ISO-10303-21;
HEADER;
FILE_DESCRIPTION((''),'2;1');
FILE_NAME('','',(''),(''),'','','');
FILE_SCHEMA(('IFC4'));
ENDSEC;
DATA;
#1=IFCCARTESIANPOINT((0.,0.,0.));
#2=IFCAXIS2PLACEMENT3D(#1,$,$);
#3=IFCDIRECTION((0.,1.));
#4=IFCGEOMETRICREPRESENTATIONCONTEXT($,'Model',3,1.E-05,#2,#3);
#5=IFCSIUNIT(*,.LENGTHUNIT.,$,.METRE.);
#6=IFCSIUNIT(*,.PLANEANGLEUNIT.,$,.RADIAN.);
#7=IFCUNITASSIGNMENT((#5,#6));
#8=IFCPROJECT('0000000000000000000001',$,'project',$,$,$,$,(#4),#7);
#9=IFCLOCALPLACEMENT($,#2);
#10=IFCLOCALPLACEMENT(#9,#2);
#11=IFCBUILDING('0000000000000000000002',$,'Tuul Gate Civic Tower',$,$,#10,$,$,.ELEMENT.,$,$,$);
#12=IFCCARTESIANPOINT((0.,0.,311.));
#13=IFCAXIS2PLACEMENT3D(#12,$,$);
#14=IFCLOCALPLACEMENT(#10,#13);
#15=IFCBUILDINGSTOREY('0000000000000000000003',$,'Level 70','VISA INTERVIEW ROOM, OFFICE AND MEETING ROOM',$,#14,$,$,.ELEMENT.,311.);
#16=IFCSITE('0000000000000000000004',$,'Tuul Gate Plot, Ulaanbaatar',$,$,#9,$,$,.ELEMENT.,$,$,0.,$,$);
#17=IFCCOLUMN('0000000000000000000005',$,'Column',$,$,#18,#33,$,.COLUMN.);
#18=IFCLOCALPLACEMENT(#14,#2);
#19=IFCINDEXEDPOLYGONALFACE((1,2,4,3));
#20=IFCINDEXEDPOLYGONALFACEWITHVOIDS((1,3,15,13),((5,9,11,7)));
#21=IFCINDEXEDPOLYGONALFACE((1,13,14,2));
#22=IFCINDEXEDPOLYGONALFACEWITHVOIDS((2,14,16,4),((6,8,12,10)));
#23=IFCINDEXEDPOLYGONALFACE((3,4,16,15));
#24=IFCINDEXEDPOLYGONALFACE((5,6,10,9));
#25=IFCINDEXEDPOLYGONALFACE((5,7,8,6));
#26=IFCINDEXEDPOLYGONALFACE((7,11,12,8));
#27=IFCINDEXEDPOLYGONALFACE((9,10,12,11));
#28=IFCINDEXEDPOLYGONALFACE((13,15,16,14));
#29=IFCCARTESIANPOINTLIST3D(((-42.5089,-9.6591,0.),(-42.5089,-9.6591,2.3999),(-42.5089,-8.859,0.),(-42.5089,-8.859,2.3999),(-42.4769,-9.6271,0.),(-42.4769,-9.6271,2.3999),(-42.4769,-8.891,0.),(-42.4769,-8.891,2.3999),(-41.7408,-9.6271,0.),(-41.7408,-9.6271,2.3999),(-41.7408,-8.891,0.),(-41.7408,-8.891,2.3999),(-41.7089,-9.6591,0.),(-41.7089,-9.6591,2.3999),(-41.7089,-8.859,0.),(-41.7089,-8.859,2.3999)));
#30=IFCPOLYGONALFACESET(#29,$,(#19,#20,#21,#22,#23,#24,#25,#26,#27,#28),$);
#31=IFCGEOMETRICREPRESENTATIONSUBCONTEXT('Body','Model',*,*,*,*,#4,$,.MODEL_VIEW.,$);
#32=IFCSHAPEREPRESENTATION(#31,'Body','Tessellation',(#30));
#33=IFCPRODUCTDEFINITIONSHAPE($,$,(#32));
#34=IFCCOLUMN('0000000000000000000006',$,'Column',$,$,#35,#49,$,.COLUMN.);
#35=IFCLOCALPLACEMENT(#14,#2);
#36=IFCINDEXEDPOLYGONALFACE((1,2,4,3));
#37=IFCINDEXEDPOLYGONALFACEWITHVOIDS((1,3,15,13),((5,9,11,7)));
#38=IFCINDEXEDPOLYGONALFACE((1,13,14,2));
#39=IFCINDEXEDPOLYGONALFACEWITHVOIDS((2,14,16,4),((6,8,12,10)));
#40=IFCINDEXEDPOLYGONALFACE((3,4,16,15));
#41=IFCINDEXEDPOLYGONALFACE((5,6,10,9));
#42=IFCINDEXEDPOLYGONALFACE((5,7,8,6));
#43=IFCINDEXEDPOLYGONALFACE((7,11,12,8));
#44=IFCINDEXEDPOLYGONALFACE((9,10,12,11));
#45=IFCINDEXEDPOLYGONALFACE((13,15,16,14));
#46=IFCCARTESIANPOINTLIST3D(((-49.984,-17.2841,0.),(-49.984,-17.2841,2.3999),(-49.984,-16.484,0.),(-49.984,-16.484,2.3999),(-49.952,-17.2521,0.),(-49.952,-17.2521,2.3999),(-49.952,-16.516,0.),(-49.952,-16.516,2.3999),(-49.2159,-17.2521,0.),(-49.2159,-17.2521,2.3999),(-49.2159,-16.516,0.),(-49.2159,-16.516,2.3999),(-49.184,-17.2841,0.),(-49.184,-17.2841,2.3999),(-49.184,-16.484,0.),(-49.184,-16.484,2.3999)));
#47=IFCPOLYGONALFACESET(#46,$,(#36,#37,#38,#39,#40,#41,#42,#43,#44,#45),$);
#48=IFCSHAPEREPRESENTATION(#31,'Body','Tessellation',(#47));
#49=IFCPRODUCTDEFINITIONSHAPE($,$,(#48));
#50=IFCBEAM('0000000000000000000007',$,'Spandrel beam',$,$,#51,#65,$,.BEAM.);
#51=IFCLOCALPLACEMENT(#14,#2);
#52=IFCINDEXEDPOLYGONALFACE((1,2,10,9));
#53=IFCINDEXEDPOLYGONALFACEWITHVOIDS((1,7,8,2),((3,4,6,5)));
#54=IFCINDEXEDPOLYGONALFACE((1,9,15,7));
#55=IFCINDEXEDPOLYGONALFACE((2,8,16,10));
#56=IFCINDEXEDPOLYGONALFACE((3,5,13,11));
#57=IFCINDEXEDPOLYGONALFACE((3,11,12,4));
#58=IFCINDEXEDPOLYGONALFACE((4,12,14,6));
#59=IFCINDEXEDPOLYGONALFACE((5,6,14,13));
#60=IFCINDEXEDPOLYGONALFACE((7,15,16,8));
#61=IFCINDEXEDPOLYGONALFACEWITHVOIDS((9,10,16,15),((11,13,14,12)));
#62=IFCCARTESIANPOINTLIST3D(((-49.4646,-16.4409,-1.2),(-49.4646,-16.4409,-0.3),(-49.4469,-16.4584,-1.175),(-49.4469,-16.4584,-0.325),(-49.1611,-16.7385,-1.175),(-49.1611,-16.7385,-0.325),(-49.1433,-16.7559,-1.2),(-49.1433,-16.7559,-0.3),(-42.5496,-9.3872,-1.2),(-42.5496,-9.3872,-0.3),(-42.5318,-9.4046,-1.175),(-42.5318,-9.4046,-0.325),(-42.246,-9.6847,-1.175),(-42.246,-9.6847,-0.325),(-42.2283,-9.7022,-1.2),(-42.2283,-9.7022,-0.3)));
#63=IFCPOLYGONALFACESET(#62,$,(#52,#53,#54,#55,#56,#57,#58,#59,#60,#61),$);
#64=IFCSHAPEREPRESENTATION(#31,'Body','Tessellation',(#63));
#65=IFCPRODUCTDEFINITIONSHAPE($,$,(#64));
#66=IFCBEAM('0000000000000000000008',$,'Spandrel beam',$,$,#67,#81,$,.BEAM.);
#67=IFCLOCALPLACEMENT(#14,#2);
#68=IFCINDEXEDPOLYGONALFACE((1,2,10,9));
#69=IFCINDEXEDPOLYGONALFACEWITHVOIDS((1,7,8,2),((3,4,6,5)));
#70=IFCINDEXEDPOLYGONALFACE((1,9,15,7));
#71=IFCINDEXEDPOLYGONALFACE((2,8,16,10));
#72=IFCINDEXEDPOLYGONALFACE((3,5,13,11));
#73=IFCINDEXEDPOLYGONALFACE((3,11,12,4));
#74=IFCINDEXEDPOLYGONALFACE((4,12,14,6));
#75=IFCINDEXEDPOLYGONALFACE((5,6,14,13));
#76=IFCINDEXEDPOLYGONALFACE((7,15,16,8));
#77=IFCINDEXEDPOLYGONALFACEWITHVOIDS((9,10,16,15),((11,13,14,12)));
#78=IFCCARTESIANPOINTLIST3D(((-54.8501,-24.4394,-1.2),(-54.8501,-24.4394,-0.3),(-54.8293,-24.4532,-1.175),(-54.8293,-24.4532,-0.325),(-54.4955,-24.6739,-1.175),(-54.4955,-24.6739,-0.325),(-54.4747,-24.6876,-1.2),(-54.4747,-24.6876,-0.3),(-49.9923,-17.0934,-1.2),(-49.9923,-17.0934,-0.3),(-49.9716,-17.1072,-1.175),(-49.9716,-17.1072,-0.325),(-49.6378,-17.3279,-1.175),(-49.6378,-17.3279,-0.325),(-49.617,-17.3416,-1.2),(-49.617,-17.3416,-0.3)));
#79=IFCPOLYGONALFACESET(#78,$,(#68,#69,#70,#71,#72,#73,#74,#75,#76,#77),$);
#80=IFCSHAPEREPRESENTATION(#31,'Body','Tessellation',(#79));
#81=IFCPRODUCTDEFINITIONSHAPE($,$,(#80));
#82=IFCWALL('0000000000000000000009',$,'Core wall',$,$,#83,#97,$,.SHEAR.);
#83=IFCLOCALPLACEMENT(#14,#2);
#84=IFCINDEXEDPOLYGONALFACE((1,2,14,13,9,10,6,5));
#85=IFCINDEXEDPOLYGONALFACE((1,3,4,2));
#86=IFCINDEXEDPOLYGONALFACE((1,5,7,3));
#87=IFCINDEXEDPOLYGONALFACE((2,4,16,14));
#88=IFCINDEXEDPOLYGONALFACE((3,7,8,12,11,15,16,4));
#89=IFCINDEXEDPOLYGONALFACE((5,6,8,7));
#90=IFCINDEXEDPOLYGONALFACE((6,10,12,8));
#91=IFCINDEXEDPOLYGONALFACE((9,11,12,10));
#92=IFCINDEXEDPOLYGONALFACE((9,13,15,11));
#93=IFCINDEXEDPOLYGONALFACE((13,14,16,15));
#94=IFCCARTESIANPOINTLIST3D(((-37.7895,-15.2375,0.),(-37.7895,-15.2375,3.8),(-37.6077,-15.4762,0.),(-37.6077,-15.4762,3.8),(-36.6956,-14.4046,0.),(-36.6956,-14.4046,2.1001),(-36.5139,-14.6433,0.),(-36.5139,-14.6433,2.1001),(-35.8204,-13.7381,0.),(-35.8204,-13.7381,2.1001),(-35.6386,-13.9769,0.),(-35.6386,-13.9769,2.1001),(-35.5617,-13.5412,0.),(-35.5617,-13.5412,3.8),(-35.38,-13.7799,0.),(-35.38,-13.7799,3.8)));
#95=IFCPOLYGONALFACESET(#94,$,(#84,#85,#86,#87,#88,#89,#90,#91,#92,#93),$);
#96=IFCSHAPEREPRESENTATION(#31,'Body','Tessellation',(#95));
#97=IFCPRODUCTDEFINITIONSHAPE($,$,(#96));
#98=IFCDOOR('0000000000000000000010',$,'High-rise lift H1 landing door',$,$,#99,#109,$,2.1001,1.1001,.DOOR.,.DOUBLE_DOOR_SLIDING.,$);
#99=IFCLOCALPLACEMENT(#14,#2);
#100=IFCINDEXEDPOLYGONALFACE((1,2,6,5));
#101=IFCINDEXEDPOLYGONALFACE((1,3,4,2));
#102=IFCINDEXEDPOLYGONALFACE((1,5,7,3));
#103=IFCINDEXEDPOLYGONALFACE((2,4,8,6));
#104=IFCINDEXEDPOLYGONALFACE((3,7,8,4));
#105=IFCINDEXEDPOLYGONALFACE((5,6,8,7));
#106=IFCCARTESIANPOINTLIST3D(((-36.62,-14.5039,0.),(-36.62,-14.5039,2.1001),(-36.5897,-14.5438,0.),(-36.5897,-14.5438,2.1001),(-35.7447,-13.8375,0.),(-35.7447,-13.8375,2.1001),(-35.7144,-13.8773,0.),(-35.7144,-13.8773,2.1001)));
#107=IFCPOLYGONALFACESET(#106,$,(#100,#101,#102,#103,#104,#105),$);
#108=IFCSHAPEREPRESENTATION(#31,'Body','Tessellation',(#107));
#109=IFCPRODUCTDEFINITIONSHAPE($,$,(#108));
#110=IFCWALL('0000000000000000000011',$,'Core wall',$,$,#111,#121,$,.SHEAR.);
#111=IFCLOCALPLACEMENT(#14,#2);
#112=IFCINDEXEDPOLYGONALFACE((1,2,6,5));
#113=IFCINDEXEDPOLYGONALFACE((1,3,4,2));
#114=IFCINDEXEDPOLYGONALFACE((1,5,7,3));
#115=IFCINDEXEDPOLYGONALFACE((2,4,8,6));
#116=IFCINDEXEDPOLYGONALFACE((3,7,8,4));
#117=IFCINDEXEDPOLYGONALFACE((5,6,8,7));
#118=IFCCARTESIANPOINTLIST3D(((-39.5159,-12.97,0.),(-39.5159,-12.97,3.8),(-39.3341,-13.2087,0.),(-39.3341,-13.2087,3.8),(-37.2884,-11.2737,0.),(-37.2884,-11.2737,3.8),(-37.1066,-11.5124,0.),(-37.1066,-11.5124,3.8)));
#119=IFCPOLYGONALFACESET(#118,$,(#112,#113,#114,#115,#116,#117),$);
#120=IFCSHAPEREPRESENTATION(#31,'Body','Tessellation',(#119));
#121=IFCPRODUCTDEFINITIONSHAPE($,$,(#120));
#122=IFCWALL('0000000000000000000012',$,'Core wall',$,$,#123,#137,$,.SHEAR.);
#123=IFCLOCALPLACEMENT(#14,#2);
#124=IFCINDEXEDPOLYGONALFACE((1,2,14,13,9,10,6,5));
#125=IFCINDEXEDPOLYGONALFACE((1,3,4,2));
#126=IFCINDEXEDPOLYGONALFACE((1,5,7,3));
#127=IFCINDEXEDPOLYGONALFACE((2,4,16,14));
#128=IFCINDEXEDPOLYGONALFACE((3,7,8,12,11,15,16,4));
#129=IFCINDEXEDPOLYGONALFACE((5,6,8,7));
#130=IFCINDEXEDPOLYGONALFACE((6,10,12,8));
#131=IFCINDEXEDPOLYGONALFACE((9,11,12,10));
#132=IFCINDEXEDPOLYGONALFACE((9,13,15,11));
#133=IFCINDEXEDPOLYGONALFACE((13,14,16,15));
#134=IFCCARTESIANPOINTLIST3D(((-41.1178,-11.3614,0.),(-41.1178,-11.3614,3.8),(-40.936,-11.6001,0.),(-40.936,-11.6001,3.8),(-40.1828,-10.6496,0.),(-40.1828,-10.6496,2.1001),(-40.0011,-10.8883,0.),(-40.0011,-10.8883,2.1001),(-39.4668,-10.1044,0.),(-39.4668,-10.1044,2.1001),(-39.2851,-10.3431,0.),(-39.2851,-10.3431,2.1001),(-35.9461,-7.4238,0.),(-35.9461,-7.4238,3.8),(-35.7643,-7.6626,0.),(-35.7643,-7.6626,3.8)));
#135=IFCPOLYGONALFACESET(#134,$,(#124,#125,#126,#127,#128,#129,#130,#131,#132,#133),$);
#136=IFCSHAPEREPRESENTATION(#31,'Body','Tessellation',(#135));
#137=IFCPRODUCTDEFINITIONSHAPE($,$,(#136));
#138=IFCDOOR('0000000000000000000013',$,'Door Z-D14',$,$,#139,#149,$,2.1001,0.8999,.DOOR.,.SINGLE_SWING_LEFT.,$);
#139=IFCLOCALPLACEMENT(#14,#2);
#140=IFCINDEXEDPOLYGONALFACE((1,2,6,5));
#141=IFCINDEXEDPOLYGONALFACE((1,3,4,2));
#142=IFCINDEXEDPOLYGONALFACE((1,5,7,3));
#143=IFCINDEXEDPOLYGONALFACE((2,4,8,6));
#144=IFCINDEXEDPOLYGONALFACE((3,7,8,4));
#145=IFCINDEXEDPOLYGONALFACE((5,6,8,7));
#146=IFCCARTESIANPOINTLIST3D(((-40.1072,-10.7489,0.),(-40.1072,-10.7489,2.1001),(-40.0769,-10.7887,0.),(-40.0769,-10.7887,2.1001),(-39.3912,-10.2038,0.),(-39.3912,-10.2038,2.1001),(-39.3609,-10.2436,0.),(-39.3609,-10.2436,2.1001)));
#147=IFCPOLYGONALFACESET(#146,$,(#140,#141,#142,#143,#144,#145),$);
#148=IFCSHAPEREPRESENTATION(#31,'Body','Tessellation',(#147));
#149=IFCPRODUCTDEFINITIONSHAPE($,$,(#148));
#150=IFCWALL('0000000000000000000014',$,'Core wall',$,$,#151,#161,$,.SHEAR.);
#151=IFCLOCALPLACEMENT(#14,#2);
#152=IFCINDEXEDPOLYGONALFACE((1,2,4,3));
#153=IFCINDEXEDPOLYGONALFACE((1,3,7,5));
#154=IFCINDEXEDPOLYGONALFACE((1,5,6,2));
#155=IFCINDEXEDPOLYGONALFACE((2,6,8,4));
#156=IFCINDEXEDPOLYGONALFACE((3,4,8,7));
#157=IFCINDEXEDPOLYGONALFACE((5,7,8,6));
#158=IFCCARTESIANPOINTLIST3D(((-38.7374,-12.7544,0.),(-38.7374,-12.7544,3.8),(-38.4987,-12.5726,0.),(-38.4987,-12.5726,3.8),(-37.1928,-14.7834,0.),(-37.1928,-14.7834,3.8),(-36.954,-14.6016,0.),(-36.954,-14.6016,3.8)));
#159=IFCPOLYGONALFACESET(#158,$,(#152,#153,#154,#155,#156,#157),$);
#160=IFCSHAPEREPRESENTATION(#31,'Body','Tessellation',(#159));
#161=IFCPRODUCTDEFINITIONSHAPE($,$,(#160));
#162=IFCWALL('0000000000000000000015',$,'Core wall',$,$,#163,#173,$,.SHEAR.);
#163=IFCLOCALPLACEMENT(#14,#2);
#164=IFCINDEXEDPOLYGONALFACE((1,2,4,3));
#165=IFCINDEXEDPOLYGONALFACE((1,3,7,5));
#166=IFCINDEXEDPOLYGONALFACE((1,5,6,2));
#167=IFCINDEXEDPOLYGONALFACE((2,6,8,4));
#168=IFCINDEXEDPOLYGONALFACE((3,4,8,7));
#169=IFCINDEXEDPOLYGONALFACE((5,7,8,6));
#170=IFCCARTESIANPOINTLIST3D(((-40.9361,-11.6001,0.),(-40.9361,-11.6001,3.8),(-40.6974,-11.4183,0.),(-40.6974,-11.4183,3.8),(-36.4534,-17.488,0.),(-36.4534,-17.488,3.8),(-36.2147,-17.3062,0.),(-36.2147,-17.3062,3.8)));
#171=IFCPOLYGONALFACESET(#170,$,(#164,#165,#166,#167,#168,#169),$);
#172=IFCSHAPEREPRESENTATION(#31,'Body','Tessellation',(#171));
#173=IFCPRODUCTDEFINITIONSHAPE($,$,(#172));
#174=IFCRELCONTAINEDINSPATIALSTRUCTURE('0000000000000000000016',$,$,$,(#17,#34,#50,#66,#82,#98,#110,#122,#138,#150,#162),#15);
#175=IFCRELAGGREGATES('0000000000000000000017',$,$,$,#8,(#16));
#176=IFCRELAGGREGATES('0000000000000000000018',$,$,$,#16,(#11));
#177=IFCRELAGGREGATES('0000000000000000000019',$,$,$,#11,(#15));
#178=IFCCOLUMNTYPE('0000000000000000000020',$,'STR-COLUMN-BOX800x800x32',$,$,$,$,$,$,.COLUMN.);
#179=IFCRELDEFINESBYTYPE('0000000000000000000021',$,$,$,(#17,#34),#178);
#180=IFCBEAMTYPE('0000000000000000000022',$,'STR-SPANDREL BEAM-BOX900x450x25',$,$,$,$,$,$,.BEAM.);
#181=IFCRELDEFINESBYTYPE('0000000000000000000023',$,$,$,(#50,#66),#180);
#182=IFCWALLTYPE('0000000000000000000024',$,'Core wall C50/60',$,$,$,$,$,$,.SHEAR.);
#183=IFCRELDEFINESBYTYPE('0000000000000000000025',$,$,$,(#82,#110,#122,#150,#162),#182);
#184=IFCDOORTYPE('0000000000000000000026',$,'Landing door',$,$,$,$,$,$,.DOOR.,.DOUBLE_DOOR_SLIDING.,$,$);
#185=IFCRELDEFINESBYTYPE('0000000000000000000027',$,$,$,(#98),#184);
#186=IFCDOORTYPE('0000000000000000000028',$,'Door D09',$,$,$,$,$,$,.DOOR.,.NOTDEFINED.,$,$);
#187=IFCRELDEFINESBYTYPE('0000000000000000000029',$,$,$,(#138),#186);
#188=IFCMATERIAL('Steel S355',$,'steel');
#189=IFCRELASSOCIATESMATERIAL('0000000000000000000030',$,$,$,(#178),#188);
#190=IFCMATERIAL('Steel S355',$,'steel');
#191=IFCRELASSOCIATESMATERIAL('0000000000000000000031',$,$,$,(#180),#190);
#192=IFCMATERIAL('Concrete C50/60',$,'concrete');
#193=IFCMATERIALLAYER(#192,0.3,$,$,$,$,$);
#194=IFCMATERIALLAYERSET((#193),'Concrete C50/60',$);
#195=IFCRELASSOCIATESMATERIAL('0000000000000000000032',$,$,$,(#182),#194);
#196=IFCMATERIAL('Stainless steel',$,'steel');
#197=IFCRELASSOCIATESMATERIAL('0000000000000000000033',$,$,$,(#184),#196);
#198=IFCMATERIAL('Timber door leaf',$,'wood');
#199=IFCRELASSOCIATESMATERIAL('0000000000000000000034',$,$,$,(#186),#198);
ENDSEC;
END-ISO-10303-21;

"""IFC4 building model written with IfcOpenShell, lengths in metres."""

from ifc_helpers import new_model, si_unit, direction, frame, frame_2d, origin, origin_2d, place, context, subcontext, project, spatial, rectangle, hollow_rectangle, extrude, material, layer, layer_set, material_profile, profile_set, type_object, element, fill, save


model = new_model("IFC4")

# Units and contexts
model_context = context("Model", 3, precision=1e-05, world=origin(), true_north=direction((0.0, 1.0)))
body_context = subcontext(model_context, "Body", "Model", "MODEL_VIEW")
ifc_project = project(units=[si_unit("LENGTHUNIT", "METRE"), si_unit("PLANEANGLEUNIT", "RADIAN")], contexts=[model_context])

# Site, building, storey
site_placement = place(None, origin())
site = spatial("IfcSite", under=ifc_project, at=site_placement, Name="Tuul Gate Plot, Ulaanbaatar", CompositionType="ELEMENT", RefElevation=0.0)
building_placement = place(site_placement, origin())
building = spatial("IfcBuilding", under=site, at=building_placement, Name="Tuul Gate Civic Tower", CompositionType="ELEMENT")
storey_placement = place(building_placement, frame((0.0, 0.0, 311.0)))
storey = spatial("IfcBuildingStorey", under=building, at=storey_placement, Name="Level 70", Description="VISA INTERVIEW ROOM, OFFICE AND MEETING ROOM", CompositionType="ELEMENT", Elevation=311.0)

# Columns
ifc_material_1 = material(Name="Steel S355", Category="steel")
ifc_material_profile_1 = material_profile(ifc_material_1, hollow_rectangle(XDim=0.8, YDim=0.8, WallThickness=0.032, at=origin_2d()), Name="BOX800x800x32")
ifc_profile_set_1 = profile_set([ifc_material_profile_1], Name="Steel S355")
column_type = type_object("IfcColumnType", Name="STR-COLUMN-BOX800x800x32", PredefinedType="COLUMN", material=ifc_profile_set_1)
for number, where, z_axis, x_axis, name in (
    (1, (-42.1089, -9.259, 0.0), (0.0, 0.0, 1.0), (1.0, 0.0, 0.0), "Column"),
    (2, (-49.584, -16.884, 0.0), (0.0, 0.0, 1.0), (1.0, 0.0, 0.0), "Column"),
):
    element("IfcColumn", number, at=place(storey_placement, frame(where, z_axis=z_axis, x_axis=x_axis)), inside=storey, type_object=column_type, Name=name, PredefinedType="COLUMN", context=body_context, shape_type="SweptSolid", body=[
        extrude(hollow_rectangle(XDim=0.8, YDim=0.8, WallThickness=0.032, at=origin_2d()), origin(), (0.0, 0.0, 1.0), 2.3999),
    ])

# Beams
ifc_material_2 = material(Name="Steel S355", Category="steel")
ifc_material_profile_2 = material_profile(ifc_material_2, hollow_rectangle(XDim=0.45, YDim=0.8999, WallThickness=0.0249, at=origin_2d()), Name="BOX900x450x25")
ifc_profile_set_2 = profile_set([ifc_material_profile_2], Name="Steel S355")
beam_type = type_object("IfcBeamType", Name="STR-SPANDREL BEAM-BOX900x450x25", PredefinedType="BEAM", material=ifc_profile_set_2)
beam_1_placement = place(storey_placement, frame((-42.3889, -9.5447, -0.75), z_axis=(-0.700053, -0.714091, 0.0), x_axis=(0.714091, -0.700053, 0.0)))
element("IfcBeam", 3, at=beam_1_placement, inside=storey, type_object=beam_type, Name="Spandrel beam", PredefinedType="BEAM", context=body_context, shape_type="SweptSolid", body=[
    extrude(hollow_rectangle(XDim=0.45, YDim=0.8999, WallThickness=0.0249, at=origin_2d()), origin(), (0.0, 0.0, 1.0), 9.8779),
])
beam_2_placement = place(storey_placement, frame((-49.8047, -17.2175, -0.75), z_axis=(-0.551581, -0.834121, 0.0), x_axis=(0.834121, -0.551581, 0.0)))
element("IfcBeam", 4, at=beam_2_placement, inside=storey, type_object=beam_type, Name="Spandrel beam", PredefinedType="BEAM", context=body_context, shape_type="SweptSolid", body=[
    extrude(hollow_rectangle(XDim=0.45, YDim=0.8999, WallThickness=0.0249, at=origin_2d()), origin(), (0.0, 0.0, 1.0), 8.8069),
])

# Wall, opening, door
ifc_material_3 = material(Name="Concrete C50/60", Category="concrete")
ifc_layer_1 = layer(ifc_material_3, 0.3)
ifc_layer_set_1 = layer_set([ifc_layer_1], Name="Concrete C50/60")
wall_type_1 = type_object("IfcWallType", Name="Core wall C50/60", PredefinedType="SHEAR", material=ifc_layer_set_1)
wall_1_placement = place(storey_placement, frame((-35.4709, -13.6606, 0.0), z_axis=(0.0, 0.0, 1.0), x_axis=(-0.795616, -0.605802, 0.0)))
wall_1 = element("IfcWall", 5, at=wall_1_placement, inside=storey, type_object=wall_type_1, Name="Core wall", PredefinedType="SHEAR", context=body_context, shape_type="SweptSolid", body=[
    extrude(rectangle(XDim=2.8, YDim=0.3, at=frame_2d((1.3999, 0.0))), origin(), (0.0, 0.0, 1.0), 3.8),
])
opening_1_placement = place(wall_1_placement, frame((0.325, 0.0, 0.0)))
opening_1 = element("IfcOpeningElement", 6, at=opening_1_placement, cuts=wall_1, PredefinedType="OPENING", context=body_context, shape_type="SweptSolid", body=[
    extrude(rectangle(XDim=1.1001, YDim=2.1001, at=frame_2d((0.55, 1.05))), frame((0.0, 0.1602, 0.0), z_axis=(0.0, -1.0, 0.0), x_axis=(1.0, 0.0, 0.0)), (0.0, 0.0, 1.0), 0.3201),
])
ifc_material_4 = material(Name="Stainless steel", Category="steel")
door_type_1 = type_object("IfcDoorType", Name="Landing door", OperationType="DOUBLE_DOOR_SLIDING", PredefinedType="DOOR", material=ifc_material_4)
door_1_placement = place(opening_1_placement, origin())
door_1 = element("IfcDoor", 7, at=door_1_placement, inside=storey, type_object=door_type_1, Name="High-rise lift H1 landing door", OperationType="DOUBLE_DOOR_SLIDING", OverallHeight=2.1001, OverallWidth=1.1001, PredefinedType="DOOR", context=body_context, shape_type="SweptSolid", body=[
    extrude(rectangle(XDim=1.1001, YDim=2.1001, at=frame_2d((0.55, 1.05))), frame((0.0, 0.0249, 0.0), z_axis=(0.0, -1.0, 0.0), x_axis=(1.0, 0.0, 0.0)), (0.0, 0.0, 1.0), 0.05),
])
fill(opening_1, door_1)

# Wall
wall_2_placement = place(storey_placement, frame((-37.1975, -11.3931, 0.0), z_axis=(0.0, 0.0, 1.0), x_axis=(-0.795584, -0.605844, 0.0)))
element("IfcWall", 8, at=wall_2_placement, inside=storey, type_object=wall_type_1, Name="Core wall", PredefinedType="SHEAR", context=body_context, shape_type="SweptSolid", body=[
    extrude(rectangle(XDim=2.7998, YDim=0.3, at=frame_2d((1.3999, 0.0))), origin(), (0.0, 0.0, 1.0), 3.8),
])

# Wall, opening, door
wall_3_placement = place(storey_placement, frame((-35.8552, -7.5432, 0.0), z_axis=(0.0, 0.0, 1.0), x_axis=(-0.795639, -0.605772, 0.0)))
wall_3 = element("IfcWall", 9, at=wall_3_placement, inside=storey, type_object=wall_type_1, Name="Core wall", PredefinedType="SHEAR", context=body_context, shape_type="SweptSolid", body=[
    extrude(rectangle(XDim=6.5, YDim=0.3, at=frame_2d((3.25, 0.0))), origin(), (0.0, 0.0, 1.0), 3.8),
])
opening_2_placement = place(wall_3_placement, frame((4.425, 0.0, 0.0)))
opening_2 = element("IfcOpeningElement", 10, at=opening_2_placement, cuts=wall_3, PredefinedType="OPENING", context=body_context, shape_type="SweptSolid", body=[
    extrude(rectangle(XDim=0.8999, YDim=2.1001, at=frame_2d((0.45, 1.05))), frame((0.0, 0.1602, 0.0), z_axis=(0.0, -1.0, 0.0), x_axis=(1.0, 0.0, 0.0)), (0.0, 0.0, 1.0), 0.3201),
])
ifc_material_5 = material(Name="Timber door leaf", Category="wood")
door_type_2 = type_object("IfcDoorType", Name="Door D09", OperationType="NOTDEFINED", PredefinedType="DOOR", material=ifc_material_5)
door_2_placement = place(opening_2_placement, origin())
door_2 = element("IfcDoor", 11, at=door_2_placement, inside=storey, type_object=door_type_2, Name="Door Z-D14", OperationType="SINGLE_SWING_LEFT", OverallHeight=2.1001, OverallWidth=0.8999, PredefinedType="DOOR", context=body_context, shape_type="SweptSolid", body=[
    extrude(rectangle(XDim=0.8999, YDim=2.1001, at=frame_2d((0.45, 1.05))), frame((0.0, 0.0249, 0.0), z_axis=(0.0, -1.0, 0.0), x_axis=(1.0, 0.0, 0.0)), (0.0, 0.0, 1.0), 0.05),
])
fill(opening_2, door_2)

# Walls
wall_4_placement = place(storey_placement, frame((-37.0735, -14.6924, 0.0), z_axis=(0.0, 0.0, 1.0), x_axis=(-0.605729, 0.795671, 0.0)))
element("IfcWall", 12, at=wall_4_placement, inside=storey, type_object=wall_type_1, Name="Core wall", PredefinedType="SHEAR", context=body_context, shape_type="SweptSolid", body=[
    extrude(rectangle(XDim=2.55, YDim=0.3, at=frame_2d((1.2749, 0.0))), origin(), (0.0, 0.0, 1.0), 3.8),
])
wall_5_placement = place(storey_placement, frame((-36.334, -17.3972, 0.0), z_axis=(0.0, 0.0, 1.0), x_axis=(-0.605754, 0.795652, 0.0)))
element("IfcWall", 13, at=wall_5_placement, inside=storey, type_object=wall_type_1, Name="Core wall", PredefinedType="SHEAR", context=body_context, shape_type="SweptSolid", body=[
    extrude(rectangle(XDim=7.4001, YDim=0.3, at=frame_2d((3.7002, 0.0))), origin(), (0.0, 0.0, 1.0), 3.8),
])

save(model, "model.ifc")
